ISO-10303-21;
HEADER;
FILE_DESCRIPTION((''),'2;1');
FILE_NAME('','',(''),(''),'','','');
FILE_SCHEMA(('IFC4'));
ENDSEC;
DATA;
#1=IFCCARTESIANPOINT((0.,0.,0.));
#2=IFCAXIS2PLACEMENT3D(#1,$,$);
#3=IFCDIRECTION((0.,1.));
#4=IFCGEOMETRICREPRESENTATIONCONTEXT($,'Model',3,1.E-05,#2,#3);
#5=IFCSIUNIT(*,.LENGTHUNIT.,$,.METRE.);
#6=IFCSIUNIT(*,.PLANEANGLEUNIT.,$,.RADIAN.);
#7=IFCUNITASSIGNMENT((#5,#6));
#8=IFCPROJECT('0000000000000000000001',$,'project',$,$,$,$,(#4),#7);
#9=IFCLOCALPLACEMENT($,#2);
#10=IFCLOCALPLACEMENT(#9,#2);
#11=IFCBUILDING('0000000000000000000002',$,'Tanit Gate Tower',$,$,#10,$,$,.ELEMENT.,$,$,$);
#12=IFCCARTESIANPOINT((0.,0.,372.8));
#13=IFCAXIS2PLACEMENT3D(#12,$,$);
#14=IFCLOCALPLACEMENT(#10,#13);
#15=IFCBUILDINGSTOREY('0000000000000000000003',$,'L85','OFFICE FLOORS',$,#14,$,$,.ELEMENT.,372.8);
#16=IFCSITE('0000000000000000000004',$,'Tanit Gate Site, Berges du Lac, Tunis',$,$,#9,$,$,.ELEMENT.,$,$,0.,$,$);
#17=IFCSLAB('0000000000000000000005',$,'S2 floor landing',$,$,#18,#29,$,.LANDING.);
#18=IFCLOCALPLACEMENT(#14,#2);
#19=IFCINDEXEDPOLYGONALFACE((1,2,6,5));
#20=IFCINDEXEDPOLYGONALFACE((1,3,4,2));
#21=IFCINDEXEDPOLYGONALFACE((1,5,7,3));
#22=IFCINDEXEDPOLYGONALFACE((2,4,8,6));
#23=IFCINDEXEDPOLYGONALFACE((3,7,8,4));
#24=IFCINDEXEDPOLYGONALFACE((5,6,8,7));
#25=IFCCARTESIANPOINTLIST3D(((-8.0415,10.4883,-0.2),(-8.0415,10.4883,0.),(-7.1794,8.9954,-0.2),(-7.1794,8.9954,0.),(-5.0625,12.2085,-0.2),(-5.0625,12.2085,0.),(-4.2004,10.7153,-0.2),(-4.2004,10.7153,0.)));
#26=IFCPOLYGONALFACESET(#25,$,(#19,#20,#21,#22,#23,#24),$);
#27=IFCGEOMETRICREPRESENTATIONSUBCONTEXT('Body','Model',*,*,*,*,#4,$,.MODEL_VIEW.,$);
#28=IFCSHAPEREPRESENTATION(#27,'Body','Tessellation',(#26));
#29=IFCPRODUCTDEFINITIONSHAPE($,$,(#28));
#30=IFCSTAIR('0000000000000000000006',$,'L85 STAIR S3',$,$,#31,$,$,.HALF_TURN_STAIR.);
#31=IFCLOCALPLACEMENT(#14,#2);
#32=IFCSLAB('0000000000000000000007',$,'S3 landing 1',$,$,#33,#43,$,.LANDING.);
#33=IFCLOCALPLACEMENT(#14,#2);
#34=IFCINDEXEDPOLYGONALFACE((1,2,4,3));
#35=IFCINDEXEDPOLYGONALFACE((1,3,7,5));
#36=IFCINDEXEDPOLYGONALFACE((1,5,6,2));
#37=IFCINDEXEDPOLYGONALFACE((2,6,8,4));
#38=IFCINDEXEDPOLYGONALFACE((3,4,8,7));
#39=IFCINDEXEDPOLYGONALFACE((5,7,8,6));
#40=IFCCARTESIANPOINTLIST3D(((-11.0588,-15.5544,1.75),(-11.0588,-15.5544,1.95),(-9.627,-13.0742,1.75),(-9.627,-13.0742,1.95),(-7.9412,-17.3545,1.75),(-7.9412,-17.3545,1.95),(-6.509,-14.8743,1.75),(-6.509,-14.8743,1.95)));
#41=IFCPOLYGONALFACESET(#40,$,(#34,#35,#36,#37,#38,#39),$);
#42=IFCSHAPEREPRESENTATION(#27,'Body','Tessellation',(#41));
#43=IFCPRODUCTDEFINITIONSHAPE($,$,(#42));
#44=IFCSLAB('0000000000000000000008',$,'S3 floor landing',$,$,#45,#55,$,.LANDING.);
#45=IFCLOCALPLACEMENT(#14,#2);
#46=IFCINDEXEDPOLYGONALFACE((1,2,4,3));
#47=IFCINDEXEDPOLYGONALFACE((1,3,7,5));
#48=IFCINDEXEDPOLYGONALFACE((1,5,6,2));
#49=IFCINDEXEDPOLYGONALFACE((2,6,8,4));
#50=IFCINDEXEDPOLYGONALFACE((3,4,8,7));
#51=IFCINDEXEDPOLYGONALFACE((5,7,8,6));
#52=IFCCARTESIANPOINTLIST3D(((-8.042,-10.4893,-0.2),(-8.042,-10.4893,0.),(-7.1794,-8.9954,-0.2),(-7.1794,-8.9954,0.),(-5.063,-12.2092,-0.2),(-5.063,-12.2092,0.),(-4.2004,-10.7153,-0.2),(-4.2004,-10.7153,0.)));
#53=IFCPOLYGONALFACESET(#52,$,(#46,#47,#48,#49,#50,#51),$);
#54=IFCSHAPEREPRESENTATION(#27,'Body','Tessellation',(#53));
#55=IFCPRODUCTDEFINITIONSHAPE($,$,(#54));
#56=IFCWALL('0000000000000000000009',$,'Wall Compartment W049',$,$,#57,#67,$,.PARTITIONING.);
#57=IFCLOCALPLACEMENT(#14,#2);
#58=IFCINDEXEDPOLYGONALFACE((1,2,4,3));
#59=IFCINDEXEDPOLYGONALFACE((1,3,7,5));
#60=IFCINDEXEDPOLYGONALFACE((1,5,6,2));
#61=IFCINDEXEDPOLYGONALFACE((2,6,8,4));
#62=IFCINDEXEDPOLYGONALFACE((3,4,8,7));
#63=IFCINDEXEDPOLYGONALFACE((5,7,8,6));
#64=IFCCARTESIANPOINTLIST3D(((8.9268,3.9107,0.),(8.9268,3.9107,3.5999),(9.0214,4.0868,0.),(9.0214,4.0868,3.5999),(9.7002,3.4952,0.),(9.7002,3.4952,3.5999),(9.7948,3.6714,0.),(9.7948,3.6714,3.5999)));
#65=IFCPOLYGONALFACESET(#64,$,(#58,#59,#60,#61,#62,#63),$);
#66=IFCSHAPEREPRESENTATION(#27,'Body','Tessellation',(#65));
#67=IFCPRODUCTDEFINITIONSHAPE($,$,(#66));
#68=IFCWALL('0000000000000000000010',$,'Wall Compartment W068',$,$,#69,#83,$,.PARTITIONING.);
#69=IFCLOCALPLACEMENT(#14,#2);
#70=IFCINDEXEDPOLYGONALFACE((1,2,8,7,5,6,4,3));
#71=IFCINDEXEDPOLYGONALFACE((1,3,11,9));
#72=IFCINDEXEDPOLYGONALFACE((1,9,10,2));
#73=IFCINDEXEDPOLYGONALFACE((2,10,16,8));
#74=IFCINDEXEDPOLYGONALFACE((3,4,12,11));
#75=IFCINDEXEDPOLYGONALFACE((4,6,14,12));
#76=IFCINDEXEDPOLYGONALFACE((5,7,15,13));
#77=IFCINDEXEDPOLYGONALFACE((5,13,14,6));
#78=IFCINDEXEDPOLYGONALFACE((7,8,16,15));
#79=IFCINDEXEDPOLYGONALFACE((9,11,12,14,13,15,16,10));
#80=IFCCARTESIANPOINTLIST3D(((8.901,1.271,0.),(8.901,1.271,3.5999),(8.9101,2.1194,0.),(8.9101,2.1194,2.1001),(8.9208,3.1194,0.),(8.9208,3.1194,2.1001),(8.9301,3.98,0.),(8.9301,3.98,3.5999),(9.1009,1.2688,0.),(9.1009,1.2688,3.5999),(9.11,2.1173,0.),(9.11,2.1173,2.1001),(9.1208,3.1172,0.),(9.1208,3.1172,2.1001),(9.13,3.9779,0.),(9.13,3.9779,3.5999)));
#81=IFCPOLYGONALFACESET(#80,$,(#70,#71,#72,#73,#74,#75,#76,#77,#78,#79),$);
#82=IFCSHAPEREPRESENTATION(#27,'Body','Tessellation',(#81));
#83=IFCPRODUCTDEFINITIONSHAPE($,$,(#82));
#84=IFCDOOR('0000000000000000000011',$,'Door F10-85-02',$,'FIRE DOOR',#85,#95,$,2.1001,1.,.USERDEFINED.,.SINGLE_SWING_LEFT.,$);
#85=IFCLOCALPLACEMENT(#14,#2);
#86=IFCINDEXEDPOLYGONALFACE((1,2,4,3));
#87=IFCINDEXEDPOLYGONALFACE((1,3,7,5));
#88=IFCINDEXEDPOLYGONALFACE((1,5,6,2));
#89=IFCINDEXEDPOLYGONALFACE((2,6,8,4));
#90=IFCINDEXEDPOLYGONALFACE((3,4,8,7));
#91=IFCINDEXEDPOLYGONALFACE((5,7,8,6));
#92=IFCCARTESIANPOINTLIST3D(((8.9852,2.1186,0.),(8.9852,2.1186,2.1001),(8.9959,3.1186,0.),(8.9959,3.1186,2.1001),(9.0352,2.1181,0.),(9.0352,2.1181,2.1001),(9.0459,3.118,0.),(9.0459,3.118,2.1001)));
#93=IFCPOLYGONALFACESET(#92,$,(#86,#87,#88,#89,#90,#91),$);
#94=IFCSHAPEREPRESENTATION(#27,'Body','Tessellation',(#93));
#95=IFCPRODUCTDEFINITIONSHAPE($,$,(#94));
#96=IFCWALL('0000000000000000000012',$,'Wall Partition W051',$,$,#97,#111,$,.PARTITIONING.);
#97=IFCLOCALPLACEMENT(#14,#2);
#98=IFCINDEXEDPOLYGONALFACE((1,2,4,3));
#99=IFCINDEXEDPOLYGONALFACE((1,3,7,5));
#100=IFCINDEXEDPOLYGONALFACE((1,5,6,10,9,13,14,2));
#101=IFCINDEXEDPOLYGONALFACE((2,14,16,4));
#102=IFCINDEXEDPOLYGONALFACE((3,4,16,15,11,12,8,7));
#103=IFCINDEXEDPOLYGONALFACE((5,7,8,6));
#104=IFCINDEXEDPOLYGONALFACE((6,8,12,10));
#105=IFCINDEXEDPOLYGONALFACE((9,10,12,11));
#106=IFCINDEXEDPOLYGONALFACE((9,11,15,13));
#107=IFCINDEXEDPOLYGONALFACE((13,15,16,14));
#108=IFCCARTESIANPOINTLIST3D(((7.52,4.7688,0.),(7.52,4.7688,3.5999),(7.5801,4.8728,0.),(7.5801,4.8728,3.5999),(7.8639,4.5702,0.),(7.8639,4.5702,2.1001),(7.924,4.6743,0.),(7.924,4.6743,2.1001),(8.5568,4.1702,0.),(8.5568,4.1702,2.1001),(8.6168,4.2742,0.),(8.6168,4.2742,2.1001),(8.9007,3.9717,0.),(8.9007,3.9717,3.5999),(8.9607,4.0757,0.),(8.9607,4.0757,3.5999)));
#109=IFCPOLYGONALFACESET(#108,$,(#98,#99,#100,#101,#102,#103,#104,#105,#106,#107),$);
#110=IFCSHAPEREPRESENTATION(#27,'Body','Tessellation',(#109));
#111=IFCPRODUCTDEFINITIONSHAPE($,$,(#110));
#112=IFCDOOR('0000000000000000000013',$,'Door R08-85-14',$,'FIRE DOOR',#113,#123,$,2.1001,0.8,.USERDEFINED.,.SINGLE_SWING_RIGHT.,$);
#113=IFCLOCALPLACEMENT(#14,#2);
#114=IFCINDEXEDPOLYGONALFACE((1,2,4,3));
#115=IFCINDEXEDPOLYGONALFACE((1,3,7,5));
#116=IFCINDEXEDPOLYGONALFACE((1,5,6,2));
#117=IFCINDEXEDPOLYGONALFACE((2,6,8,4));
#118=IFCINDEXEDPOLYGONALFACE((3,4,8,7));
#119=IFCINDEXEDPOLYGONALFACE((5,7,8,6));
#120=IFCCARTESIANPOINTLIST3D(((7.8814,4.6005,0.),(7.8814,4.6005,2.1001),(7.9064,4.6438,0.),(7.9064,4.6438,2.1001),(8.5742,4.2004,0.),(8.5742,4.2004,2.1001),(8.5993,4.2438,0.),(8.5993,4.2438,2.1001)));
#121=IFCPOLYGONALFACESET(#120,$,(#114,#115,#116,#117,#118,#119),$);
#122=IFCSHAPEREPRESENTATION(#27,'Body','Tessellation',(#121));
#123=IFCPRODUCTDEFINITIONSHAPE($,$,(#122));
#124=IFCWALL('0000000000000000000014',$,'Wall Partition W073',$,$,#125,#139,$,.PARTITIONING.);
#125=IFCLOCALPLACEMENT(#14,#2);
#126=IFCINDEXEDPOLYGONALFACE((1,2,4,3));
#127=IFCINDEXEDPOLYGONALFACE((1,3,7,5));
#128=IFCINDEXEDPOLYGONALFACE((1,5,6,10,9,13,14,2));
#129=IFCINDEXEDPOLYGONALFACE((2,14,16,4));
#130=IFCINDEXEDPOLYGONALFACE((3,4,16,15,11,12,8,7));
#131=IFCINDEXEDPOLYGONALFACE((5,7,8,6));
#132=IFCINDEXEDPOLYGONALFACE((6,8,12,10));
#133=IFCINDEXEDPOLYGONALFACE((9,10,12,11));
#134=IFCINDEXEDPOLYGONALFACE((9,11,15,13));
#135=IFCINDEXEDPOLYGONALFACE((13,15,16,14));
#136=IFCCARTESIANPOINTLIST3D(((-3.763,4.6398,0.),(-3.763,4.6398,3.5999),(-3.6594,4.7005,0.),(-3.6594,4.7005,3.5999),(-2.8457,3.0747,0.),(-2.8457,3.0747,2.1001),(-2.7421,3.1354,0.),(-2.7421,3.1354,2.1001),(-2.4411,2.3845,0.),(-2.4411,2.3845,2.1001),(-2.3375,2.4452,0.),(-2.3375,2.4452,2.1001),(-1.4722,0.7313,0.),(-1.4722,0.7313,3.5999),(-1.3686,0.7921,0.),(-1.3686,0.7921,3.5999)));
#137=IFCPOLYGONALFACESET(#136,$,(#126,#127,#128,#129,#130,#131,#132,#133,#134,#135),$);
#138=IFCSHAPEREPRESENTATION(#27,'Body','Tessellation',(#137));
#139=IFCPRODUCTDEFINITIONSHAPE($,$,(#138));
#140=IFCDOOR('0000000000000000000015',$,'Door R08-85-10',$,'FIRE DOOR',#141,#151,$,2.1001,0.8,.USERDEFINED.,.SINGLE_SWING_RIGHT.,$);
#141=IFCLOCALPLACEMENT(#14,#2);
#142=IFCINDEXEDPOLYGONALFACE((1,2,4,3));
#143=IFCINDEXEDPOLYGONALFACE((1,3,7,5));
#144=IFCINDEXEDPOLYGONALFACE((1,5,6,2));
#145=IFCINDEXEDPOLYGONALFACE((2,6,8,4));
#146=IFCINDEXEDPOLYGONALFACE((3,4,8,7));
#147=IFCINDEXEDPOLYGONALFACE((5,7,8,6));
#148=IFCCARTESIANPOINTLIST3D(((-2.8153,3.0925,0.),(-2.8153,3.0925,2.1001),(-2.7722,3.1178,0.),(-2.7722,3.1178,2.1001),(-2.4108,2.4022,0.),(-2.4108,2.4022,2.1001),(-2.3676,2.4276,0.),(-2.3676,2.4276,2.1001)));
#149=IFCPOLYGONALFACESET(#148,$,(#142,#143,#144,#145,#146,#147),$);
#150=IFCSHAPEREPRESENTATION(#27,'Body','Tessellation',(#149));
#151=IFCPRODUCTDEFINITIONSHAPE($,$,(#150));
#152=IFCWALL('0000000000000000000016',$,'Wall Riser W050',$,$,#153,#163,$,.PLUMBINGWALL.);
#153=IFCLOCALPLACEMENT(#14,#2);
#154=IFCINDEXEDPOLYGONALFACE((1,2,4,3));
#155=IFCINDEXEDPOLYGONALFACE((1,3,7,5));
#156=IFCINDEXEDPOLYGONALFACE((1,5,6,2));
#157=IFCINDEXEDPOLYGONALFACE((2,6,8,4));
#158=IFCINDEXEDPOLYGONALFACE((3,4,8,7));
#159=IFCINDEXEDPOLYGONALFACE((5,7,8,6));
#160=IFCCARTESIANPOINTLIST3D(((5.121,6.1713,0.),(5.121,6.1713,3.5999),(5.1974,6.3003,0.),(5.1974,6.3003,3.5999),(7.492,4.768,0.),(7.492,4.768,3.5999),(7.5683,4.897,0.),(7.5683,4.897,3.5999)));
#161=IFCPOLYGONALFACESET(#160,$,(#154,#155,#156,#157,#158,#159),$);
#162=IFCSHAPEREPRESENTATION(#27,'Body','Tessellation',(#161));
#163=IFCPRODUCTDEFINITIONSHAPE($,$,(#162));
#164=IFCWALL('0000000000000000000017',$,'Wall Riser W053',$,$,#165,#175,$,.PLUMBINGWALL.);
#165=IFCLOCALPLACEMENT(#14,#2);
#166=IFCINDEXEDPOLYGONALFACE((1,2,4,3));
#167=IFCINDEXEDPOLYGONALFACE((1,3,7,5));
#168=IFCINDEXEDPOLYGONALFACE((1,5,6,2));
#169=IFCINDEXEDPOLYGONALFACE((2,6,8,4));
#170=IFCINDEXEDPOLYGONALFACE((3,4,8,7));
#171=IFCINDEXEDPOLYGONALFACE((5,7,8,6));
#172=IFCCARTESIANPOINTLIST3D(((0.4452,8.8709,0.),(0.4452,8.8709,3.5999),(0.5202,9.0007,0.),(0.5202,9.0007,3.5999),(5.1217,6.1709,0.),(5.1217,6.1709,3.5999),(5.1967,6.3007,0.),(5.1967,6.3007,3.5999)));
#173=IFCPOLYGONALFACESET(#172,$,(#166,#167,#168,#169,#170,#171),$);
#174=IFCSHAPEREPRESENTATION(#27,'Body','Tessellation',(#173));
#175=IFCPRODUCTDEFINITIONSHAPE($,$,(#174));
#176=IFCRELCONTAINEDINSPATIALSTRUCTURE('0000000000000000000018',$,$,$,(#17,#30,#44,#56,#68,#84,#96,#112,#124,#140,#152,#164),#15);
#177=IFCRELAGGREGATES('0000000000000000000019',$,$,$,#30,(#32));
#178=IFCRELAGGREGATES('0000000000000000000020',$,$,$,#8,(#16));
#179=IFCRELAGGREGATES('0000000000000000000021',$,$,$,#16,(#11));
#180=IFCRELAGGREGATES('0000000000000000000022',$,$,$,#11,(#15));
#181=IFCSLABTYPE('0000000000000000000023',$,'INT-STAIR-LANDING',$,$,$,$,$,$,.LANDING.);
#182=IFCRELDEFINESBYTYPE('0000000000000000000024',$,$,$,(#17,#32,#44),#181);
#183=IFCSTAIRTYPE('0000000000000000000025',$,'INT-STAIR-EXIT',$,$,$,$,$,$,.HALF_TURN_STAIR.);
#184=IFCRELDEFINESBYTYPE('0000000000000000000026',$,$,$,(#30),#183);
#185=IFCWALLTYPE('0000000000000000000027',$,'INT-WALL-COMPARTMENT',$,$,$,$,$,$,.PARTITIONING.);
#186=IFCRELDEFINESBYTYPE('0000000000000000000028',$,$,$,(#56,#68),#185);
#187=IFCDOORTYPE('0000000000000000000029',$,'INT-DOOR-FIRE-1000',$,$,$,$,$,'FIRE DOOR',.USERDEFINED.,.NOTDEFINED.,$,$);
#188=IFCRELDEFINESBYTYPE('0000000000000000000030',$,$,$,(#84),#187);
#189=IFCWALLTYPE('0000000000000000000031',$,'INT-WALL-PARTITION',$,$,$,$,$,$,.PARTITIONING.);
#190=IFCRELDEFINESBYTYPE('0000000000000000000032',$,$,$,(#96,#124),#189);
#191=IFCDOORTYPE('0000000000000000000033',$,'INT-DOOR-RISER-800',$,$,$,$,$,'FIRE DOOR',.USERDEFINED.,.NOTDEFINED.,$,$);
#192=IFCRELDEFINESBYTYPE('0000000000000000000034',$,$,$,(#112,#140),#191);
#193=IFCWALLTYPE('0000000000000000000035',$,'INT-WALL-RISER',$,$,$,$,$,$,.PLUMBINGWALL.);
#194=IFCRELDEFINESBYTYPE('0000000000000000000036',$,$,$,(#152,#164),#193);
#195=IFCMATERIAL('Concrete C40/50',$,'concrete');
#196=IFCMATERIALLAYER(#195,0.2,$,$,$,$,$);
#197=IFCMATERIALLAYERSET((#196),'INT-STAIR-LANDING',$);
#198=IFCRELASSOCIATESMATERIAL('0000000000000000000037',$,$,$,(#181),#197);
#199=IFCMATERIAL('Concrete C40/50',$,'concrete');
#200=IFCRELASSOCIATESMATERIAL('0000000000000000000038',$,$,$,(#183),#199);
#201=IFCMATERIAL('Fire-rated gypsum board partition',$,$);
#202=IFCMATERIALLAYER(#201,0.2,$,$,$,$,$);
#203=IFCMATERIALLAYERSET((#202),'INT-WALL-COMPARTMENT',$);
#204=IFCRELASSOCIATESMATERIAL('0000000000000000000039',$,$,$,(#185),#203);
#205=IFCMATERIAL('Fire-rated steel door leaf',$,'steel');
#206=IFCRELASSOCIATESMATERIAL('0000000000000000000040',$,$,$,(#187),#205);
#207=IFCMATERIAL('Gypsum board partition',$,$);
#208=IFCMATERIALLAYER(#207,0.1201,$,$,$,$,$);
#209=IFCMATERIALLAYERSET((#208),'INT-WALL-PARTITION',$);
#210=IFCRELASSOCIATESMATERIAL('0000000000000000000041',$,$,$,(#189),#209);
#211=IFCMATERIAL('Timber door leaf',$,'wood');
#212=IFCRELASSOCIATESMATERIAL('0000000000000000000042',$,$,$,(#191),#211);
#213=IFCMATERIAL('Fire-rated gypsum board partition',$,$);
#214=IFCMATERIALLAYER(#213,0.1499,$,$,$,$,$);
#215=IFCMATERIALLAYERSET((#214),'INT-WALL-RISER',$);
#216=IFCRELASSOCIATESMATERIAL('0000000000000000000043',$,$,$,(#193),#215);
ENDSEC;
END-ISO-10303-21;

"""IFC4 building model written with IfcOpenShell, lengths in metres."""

from ifc_helpers import new_model, si_unit, direction, frame, frame_2d, origin, place, context, subcontext, project, spatial, polyline, rectangle, outline, extrude, material, layer, layer_set, type_object, element, fill, aggregate, save


model = new_model("IFC4")

# Units and contexts
model_context = context("Model", 3, precision=1e-05, world=origin(), true_north=direction((0.0, 1.0)))
body_context = subcontext(model_context, "Body", "Model", "MODEL_VIEW")
ifc_project = project(units=[si_unit("LENGTHUNIT", "METRE"), si_unit("PLANEANGLEUNIT", "RADIAN")], contexts=[model_context])

# Site, building, storey
site_placement = place(None, origin())
site = spatial("IfcSite", under=ifc_project, at=site_placement, Name="Tanit Gate Site, Berges du Lac, Tunis", CompositionType="ELEMENT", RefElevation=0.0)
building_placement = place(site_placement, origin())
building = spatial("IfcBuilding", under=site, at=building_placement, Name="Tanit Gate Tower", CompositionType="ELEMENT")
storey_placement = place(building_placement, frame((0.0, 0.0, 372.8)))
storey = spatial("IfcBuildingStorey", under=building, at=storey_placement, Name="L85", Description="OFFICE FLOORS", CompositionType="ELEMENT", Elevation=372.8)

# Slab
ifc_material_1 = material(Name="Concrete C40/50", Category="concrete")
ifc_layer_1 = layer(ifc_material_1, 0.2)
ifc_layer_set_1 = layer_set([ifc_layer_1], Name="INT-STAIR-LANDING")
slab_type = type_object("IfcSlabType", Name="INT-STAIR-LANDING", PredefinedType="LANDING", material=ifc_layer_set_1)
slab_1_placement = place(storey_placement, frame((0.0, 0.0, -0.2)))
element("IfcSlab", 1, at=slab_1_placement, inside=storey, type_object=slab_type, Name="S2 floor landing", PredefinedType="LANDING", context=body_context, shape_type="SweptSolid", body=[
    extrude(outline(polyline([(-4.2004, 10.7153), (-5.0625, 12.2085), (-8.0415, 10.4883), (-7.1794, 8.9954), (-4.2004, 10.7153)])), origin(), (0.0, 0.0, 1.0), 0.2),
])

# Stair, slab
ifc_material_2 = material(Name="Concrete C40/50", Category="concrete")
stair_type = type_object("IfcStairType", Name="INT-STAIR-EXIT", PredefinedType="HALF_TURN_STAIR", material=ifc_material_2)
stair_placement = place(storey_placement, origin())
stair = element("IfcStair", 2, at=stair_placement, inside=storey, type_object=stair_type, Name="L85 STAIR S3", PredefinedType="HALF_TURN_STAIR")
slab_2_placement = place(storey_placement, frame((0.0, 0.0, 1.75)))
slab_2 = element("IfcSlab", 3, at=slab_2_placement, type_object=slab_type, Name="S3 landing 1", PredefinedType="LANDING", context=body_context, shape_type="SweptSolid", body=[
    extrude(outline(polyline([(-9.627, -13.0742), (-11.0588, -15.5544), (-7.9412, -17.3545), (-6.509, -14.8743), (-9.627, -13.0742)])), origin(), (0.0, 0.0, 1.0), 0.2),
])
aggregate(stair, [slab_2])

# Slab
slab_3_placement = place(storey_placement, frame((0.0, 0.0, -0.2)))
element("IfcSlab", 4, at=slab_3_placement, inside=storey, type_object=slab_type, Name="S3 floor landing", PredefinedType="LANDING", context=body_context, shape_type="SweptSolid", body=[
    extrude(outline(polyline([(-7.1794, -8.9954), (-8.042, -10.4893), (-5.063, -12.2092), (-4.2004, -10.7153), (-7.1794, -8.9954)])), origin(), (0.0, 0.0, 1.0), 0.2),
])

# Wall
ifc_material_3 = material(Name="Fire-rated gypsum board partition")
ifc_layer_2 = layer(ifc_material_3, 0.2)
ifc_layer_set_2 = layer_set([ifc_layer_2], Name="INT-WALL-COMPARTMENT")
wall_type_1 = type_object("IfcWallType", Name="INT-WALL-COMPARTMENT", PredefinedType="PARTITIONING", material=ifc_layer_set_2)
wall_1_placement = place(storey_placement, frame((8.9741, 3.9988, 0.0), z_axis=(0.0, 0.0, 1.0), x_axis=(0.880917, -0.473271, 0.0)))
element("IfcWall", 5, at=wall_1_placement, inside=storey, type_object=wall_type_1, Name="Wall Compartment W049", PredefinedType="PARTITIONING", context=body_context, shape_type="SweptSolid", body=[
    extrude(rectangle(XDim=0.8779, YDim=0.2, at=frame_2d((0.439, 0.0))), origin(), (0.0, 0.0, 1.0), 3.5999),
])

# Walls, openings, doors
wall_2_placement = place(storey_placement, frame((9.001, 1.27, 0.0), z_axis=(0.0, 0.0, 1.0), x_axis=(0.010724, 0.999942, 0.0)))
wall_2 = element("IfcWall", 6, at=wall_2_placement, inside=storey, type_object=wall_type_1, Name="Wall Compartment W068", PredefinedType="PARTITIONING", context=body_context, shape_type="SweptSolid", body=[
    extrude(rectangle(XDim=2.7092, YDim=0.2, at=frame_2d((1.3545, 0.0))), origin(), (0.0, 0.0, 1.0), 3.5999),
])
opening_1_placement = place(wall_2_placement, frame((0.8484, 0.0, 0.0)))
opening_1 = element("IfcOpeningElement", 7, at=opening_1_placement, cuts=wall_2, PredefinedType="OPENING", context=body_context, shape_type="SweptSolid", body=[
    extrude(rectangle(XDim=1.0, YDim=2.1001, at=frame_2d((0.5, 1.05))), frame((0.0, 0.1099, 0.0), z_axis=(0.0, -1.0, 0.0), x_axis=(1.0, 0.0, 0.0)), (0.0, 0.0, 1.0), 0.22),
])
ifc_material_4 = material(Name="Fire-rated steel door leaf", Category="steel")
door_type_1 = type_object("IfcDoorType", Name="INT-DOOR-FIRE-1000", ElementType="FIRE DOOR", OperationType="NOTDEFINED", PredefinedType="USERDEFINED", material=ifc_material_4)
door_1_placement = place(opening_1_placement, origin())
door_1 = element("IfcDoor", 8, at=door_1_placement, inside=storey, type_object=door_type_1, Name="Door F10-85-02", ObjectType="FIRE DOOR", OperationType="SINGLE_SWING_LEFT", OverallHeight=2.1001, OverallWidth=1.0, PredefinedType="USERDEFINED", context=body_context, shape_type="SweptSolid", body=[
    extrude(rectangle(XDim=1.0, YDim=2.1001, at=frame_2d((0.5, 1.05))), frame((0.0, 0.0249, 0.0), z_axis=(0.0, -1.0, 0.0), x_axis=(1.0, 0.0, 0.0)), (0.0, 0.0, 1.0), 0.05),
])
fill(opening_1, door_1)
ifc_material_5 = material(Name="Gypsum board partition")
ifc_layer_3 = layer(ifc_material_5, 0.1201)
ifc_layer_set_3 = layer_set([ifc_layer_3], Name="INT-WALL-PARTITION")
wall_type_2 = type_object("IfcWallType", Name="INT-WALL-PARTITION", PredefinedType="PARTITIONING", material=ifc_layer_set_3)
wall_3_placement = place(storey_placement, frame((7.55, 4.8208, 0.0), z_axis=(0.0, 0.0, 1.0), x_axis=(0.86602, -0.50001, 0.0)))
wall_3 = element("IfcWall", 9, at=wall_3_placement, inside=storey, type_object=wall_type_2, Name="Wall Partition W051", PredefinedType="PARTITIONING", context=body_context, shape_type="SweptSolid", body=[
    extrude(rectangle(XDim=1.5942, YDim=0.1201, at=frame_2d((0.7971, 0.0))), origin(), (0.0, 0.0, 1.0), 3.5999),
])
opening_2_placement = place(wall_3_placement, frame((0.3972, 0.0, 0.0)))
opening_2 = element("IfcOpeningElement", 10, at=opening_2_placement, cuts=wall_3, PredefinedType="OPENING", context=body_context, shape_type="SweptSolid", body=[
    extrude(rectangle(XDim=0.8, YDim=2.1001, at=frame_2d((0.3999, 1.05))), frame((0.0, 0.0701, 0.0), z_axis=(0.0, -1.0, 0.0), x_axis=(1.0, 0.0, 0.0)), (0.0, 0.0, 1.0), 0.1401),
])
ifc_material_6 = material(Name="Timber door leaf", Category="wood")
door_type_2 = type_object("IfcDoorType", Name="INT-DOOR-RISER-800", ElementType="FIRE DOOR", OperationType="NOTDEFINED", PredefinedType="USERDEFINED", material=ifc_material_6)
door_2_placement = place(opening_2_placement, origin())
door_2 = element("IfcDoor", 11, at=door_2_placement, inside=storey, type_object=door_type_2, Name="Door R08-85-14", ObjectType="FIRE DOOR", OperationType="SINGLE_SWING_RIGHT", OverallHeight=2.1001, OverallWidth=0.8, PredefinedType="USERDEFINED", context=body_context, shape_type="SweptSolid", body=[
    extrude(rectangle(XDim=0.8, YDim=2.1001, at=frame_2d((0.3999, 1.05))), frame((0.0, 0.0249, 0.0), z_axis=(0.0, -1.0, 0.0), x_axis=(1.0, 0.0, 0.0)), (0.0, 0.0, 1.0), 0.05),
])
fill(opening_2, door_2)
wall_4_placement = place(storey_placement, frame((-1.4204, 0.7617, 0.0), z_axis=(0.0, 0.0, 1.0), x_axis=(-0.505656, 0.862735, 0.0)))
wall_4 = element("IfcWall", 12, at=wall_4_placement, inside=storey, type_object=wall_type_2, Name="Wall Partition W073", PredefinedType="PARTITIONING", context=body_context, shape_type="SweptSolid", body=[
    extrude(rectangle(XDim=4.5303, YDim=0.1201, at=frame_2d((2.2651, 0.0))), origin(), (0.0, 0.0, 1.0), 3.5999),
])
opening_3_placement = place(wall_4_placement, frame((1.9163, 0.0, 0.0)))
opening_3 = element("IfcOpeningElement", 13, at=opening_3_placement, cuts=wall_4, PredefinedType="OPENING", context=body_context, shape_type="SweptSolid", body=[
    extrude(rectangle(XDim=0.8, YDim=2.1001, at=frame_2d((0.3999, 1.05))), frame((0.0, 0.0701, 0.0), z_axis=(0.0, -1.0, 0.0), x_axis=(1.0, 0.0, 0.0)), (0.0, 0.0, 1.0), 0.1401),
])
door_3_placement = place(opening_3_placement, origin())
door_3 = element("IfcDoor", 14, at=door_3_placement, inside=storey, type_object=door_type_2, Name="Door R08-85-10", ObjectType="FIRE DOOR", OperationType="SINGLE_SWING_RIGHT", OverallHeight=2.1001, OverallWidth=0.8, PredefinedType="USERDEFINED", context=body_context, shape_type="SweptSolid", body=[
    extrude(rectangle(XDim=0.8, YDim=2.1001, at=frame_2d((0.3999, 1.05))), frame((0.0, 0.0249, 0.0), z_axis=(0.0, -1.0, 0.0), x_axis=(1.0, 0.0, 0.0)), (0.0, 0.0, 1.0), 0.05),
])
fill(opening_3, door_3)

# Walls
ifc_material_7 = material(Name="Fire-rated gypsum board partition")
ifc_layer_4 = layer(ifc_material_7, 0.1499)
ifc_layer_set_4 = layer_set([ifc_layer_4], Name="INT-WALL-RISER")
wall_type_3 = type_object("IfcWallType", Name="INT-WALL-RISER", PredefinedType="PLUMBINGWALL", material=ifc_layer_set_4)
wall_5_placement = place(storey_placement, frame((7.53, 4.8325, 0.0), z_axis=(0.0, 0.0, 1.0), x_axis=(-0.860551, 0.509365, 0.0)))
element("IfcWall", 15, at=wall_5_placement, inside=storey, type_object=wall_type_3, Name="Wall Riser W050", PredefinedType="PLUMBINGWALL", context=body_context, shape_type="SweptSolid", body=[
    extrude(rectangle(XDim=2.7551, YDim=0.1499, at=frame_2d((1.3774, 0.0))), origin(), (0.0, 0.0, 1.0), 3.5999),
])
wall_6_placement = place(storey_placement, frame((5.1592, 6.2358, 0.0), z_axis=(0.0, 0.0, 1.0), x_axis=(-0.866028, 0.499995, 0.0)))
element("IfcWall", 16, at=wall_6_placement, inside=storey, type_object=wall_type_3, Name="Wall Riser W053", PredefinedType="PLUMBINGWALL", context=body_context, shape_type="SweptSolid", body=[
    extrude(rectangle(XDim=5.3999, YDim=0.1499, at=frame_2d((2.7, 0.0))), origin(), (0.0, 0.0, 1.0), 3.5999),
])

save(model, "model.ifc")
